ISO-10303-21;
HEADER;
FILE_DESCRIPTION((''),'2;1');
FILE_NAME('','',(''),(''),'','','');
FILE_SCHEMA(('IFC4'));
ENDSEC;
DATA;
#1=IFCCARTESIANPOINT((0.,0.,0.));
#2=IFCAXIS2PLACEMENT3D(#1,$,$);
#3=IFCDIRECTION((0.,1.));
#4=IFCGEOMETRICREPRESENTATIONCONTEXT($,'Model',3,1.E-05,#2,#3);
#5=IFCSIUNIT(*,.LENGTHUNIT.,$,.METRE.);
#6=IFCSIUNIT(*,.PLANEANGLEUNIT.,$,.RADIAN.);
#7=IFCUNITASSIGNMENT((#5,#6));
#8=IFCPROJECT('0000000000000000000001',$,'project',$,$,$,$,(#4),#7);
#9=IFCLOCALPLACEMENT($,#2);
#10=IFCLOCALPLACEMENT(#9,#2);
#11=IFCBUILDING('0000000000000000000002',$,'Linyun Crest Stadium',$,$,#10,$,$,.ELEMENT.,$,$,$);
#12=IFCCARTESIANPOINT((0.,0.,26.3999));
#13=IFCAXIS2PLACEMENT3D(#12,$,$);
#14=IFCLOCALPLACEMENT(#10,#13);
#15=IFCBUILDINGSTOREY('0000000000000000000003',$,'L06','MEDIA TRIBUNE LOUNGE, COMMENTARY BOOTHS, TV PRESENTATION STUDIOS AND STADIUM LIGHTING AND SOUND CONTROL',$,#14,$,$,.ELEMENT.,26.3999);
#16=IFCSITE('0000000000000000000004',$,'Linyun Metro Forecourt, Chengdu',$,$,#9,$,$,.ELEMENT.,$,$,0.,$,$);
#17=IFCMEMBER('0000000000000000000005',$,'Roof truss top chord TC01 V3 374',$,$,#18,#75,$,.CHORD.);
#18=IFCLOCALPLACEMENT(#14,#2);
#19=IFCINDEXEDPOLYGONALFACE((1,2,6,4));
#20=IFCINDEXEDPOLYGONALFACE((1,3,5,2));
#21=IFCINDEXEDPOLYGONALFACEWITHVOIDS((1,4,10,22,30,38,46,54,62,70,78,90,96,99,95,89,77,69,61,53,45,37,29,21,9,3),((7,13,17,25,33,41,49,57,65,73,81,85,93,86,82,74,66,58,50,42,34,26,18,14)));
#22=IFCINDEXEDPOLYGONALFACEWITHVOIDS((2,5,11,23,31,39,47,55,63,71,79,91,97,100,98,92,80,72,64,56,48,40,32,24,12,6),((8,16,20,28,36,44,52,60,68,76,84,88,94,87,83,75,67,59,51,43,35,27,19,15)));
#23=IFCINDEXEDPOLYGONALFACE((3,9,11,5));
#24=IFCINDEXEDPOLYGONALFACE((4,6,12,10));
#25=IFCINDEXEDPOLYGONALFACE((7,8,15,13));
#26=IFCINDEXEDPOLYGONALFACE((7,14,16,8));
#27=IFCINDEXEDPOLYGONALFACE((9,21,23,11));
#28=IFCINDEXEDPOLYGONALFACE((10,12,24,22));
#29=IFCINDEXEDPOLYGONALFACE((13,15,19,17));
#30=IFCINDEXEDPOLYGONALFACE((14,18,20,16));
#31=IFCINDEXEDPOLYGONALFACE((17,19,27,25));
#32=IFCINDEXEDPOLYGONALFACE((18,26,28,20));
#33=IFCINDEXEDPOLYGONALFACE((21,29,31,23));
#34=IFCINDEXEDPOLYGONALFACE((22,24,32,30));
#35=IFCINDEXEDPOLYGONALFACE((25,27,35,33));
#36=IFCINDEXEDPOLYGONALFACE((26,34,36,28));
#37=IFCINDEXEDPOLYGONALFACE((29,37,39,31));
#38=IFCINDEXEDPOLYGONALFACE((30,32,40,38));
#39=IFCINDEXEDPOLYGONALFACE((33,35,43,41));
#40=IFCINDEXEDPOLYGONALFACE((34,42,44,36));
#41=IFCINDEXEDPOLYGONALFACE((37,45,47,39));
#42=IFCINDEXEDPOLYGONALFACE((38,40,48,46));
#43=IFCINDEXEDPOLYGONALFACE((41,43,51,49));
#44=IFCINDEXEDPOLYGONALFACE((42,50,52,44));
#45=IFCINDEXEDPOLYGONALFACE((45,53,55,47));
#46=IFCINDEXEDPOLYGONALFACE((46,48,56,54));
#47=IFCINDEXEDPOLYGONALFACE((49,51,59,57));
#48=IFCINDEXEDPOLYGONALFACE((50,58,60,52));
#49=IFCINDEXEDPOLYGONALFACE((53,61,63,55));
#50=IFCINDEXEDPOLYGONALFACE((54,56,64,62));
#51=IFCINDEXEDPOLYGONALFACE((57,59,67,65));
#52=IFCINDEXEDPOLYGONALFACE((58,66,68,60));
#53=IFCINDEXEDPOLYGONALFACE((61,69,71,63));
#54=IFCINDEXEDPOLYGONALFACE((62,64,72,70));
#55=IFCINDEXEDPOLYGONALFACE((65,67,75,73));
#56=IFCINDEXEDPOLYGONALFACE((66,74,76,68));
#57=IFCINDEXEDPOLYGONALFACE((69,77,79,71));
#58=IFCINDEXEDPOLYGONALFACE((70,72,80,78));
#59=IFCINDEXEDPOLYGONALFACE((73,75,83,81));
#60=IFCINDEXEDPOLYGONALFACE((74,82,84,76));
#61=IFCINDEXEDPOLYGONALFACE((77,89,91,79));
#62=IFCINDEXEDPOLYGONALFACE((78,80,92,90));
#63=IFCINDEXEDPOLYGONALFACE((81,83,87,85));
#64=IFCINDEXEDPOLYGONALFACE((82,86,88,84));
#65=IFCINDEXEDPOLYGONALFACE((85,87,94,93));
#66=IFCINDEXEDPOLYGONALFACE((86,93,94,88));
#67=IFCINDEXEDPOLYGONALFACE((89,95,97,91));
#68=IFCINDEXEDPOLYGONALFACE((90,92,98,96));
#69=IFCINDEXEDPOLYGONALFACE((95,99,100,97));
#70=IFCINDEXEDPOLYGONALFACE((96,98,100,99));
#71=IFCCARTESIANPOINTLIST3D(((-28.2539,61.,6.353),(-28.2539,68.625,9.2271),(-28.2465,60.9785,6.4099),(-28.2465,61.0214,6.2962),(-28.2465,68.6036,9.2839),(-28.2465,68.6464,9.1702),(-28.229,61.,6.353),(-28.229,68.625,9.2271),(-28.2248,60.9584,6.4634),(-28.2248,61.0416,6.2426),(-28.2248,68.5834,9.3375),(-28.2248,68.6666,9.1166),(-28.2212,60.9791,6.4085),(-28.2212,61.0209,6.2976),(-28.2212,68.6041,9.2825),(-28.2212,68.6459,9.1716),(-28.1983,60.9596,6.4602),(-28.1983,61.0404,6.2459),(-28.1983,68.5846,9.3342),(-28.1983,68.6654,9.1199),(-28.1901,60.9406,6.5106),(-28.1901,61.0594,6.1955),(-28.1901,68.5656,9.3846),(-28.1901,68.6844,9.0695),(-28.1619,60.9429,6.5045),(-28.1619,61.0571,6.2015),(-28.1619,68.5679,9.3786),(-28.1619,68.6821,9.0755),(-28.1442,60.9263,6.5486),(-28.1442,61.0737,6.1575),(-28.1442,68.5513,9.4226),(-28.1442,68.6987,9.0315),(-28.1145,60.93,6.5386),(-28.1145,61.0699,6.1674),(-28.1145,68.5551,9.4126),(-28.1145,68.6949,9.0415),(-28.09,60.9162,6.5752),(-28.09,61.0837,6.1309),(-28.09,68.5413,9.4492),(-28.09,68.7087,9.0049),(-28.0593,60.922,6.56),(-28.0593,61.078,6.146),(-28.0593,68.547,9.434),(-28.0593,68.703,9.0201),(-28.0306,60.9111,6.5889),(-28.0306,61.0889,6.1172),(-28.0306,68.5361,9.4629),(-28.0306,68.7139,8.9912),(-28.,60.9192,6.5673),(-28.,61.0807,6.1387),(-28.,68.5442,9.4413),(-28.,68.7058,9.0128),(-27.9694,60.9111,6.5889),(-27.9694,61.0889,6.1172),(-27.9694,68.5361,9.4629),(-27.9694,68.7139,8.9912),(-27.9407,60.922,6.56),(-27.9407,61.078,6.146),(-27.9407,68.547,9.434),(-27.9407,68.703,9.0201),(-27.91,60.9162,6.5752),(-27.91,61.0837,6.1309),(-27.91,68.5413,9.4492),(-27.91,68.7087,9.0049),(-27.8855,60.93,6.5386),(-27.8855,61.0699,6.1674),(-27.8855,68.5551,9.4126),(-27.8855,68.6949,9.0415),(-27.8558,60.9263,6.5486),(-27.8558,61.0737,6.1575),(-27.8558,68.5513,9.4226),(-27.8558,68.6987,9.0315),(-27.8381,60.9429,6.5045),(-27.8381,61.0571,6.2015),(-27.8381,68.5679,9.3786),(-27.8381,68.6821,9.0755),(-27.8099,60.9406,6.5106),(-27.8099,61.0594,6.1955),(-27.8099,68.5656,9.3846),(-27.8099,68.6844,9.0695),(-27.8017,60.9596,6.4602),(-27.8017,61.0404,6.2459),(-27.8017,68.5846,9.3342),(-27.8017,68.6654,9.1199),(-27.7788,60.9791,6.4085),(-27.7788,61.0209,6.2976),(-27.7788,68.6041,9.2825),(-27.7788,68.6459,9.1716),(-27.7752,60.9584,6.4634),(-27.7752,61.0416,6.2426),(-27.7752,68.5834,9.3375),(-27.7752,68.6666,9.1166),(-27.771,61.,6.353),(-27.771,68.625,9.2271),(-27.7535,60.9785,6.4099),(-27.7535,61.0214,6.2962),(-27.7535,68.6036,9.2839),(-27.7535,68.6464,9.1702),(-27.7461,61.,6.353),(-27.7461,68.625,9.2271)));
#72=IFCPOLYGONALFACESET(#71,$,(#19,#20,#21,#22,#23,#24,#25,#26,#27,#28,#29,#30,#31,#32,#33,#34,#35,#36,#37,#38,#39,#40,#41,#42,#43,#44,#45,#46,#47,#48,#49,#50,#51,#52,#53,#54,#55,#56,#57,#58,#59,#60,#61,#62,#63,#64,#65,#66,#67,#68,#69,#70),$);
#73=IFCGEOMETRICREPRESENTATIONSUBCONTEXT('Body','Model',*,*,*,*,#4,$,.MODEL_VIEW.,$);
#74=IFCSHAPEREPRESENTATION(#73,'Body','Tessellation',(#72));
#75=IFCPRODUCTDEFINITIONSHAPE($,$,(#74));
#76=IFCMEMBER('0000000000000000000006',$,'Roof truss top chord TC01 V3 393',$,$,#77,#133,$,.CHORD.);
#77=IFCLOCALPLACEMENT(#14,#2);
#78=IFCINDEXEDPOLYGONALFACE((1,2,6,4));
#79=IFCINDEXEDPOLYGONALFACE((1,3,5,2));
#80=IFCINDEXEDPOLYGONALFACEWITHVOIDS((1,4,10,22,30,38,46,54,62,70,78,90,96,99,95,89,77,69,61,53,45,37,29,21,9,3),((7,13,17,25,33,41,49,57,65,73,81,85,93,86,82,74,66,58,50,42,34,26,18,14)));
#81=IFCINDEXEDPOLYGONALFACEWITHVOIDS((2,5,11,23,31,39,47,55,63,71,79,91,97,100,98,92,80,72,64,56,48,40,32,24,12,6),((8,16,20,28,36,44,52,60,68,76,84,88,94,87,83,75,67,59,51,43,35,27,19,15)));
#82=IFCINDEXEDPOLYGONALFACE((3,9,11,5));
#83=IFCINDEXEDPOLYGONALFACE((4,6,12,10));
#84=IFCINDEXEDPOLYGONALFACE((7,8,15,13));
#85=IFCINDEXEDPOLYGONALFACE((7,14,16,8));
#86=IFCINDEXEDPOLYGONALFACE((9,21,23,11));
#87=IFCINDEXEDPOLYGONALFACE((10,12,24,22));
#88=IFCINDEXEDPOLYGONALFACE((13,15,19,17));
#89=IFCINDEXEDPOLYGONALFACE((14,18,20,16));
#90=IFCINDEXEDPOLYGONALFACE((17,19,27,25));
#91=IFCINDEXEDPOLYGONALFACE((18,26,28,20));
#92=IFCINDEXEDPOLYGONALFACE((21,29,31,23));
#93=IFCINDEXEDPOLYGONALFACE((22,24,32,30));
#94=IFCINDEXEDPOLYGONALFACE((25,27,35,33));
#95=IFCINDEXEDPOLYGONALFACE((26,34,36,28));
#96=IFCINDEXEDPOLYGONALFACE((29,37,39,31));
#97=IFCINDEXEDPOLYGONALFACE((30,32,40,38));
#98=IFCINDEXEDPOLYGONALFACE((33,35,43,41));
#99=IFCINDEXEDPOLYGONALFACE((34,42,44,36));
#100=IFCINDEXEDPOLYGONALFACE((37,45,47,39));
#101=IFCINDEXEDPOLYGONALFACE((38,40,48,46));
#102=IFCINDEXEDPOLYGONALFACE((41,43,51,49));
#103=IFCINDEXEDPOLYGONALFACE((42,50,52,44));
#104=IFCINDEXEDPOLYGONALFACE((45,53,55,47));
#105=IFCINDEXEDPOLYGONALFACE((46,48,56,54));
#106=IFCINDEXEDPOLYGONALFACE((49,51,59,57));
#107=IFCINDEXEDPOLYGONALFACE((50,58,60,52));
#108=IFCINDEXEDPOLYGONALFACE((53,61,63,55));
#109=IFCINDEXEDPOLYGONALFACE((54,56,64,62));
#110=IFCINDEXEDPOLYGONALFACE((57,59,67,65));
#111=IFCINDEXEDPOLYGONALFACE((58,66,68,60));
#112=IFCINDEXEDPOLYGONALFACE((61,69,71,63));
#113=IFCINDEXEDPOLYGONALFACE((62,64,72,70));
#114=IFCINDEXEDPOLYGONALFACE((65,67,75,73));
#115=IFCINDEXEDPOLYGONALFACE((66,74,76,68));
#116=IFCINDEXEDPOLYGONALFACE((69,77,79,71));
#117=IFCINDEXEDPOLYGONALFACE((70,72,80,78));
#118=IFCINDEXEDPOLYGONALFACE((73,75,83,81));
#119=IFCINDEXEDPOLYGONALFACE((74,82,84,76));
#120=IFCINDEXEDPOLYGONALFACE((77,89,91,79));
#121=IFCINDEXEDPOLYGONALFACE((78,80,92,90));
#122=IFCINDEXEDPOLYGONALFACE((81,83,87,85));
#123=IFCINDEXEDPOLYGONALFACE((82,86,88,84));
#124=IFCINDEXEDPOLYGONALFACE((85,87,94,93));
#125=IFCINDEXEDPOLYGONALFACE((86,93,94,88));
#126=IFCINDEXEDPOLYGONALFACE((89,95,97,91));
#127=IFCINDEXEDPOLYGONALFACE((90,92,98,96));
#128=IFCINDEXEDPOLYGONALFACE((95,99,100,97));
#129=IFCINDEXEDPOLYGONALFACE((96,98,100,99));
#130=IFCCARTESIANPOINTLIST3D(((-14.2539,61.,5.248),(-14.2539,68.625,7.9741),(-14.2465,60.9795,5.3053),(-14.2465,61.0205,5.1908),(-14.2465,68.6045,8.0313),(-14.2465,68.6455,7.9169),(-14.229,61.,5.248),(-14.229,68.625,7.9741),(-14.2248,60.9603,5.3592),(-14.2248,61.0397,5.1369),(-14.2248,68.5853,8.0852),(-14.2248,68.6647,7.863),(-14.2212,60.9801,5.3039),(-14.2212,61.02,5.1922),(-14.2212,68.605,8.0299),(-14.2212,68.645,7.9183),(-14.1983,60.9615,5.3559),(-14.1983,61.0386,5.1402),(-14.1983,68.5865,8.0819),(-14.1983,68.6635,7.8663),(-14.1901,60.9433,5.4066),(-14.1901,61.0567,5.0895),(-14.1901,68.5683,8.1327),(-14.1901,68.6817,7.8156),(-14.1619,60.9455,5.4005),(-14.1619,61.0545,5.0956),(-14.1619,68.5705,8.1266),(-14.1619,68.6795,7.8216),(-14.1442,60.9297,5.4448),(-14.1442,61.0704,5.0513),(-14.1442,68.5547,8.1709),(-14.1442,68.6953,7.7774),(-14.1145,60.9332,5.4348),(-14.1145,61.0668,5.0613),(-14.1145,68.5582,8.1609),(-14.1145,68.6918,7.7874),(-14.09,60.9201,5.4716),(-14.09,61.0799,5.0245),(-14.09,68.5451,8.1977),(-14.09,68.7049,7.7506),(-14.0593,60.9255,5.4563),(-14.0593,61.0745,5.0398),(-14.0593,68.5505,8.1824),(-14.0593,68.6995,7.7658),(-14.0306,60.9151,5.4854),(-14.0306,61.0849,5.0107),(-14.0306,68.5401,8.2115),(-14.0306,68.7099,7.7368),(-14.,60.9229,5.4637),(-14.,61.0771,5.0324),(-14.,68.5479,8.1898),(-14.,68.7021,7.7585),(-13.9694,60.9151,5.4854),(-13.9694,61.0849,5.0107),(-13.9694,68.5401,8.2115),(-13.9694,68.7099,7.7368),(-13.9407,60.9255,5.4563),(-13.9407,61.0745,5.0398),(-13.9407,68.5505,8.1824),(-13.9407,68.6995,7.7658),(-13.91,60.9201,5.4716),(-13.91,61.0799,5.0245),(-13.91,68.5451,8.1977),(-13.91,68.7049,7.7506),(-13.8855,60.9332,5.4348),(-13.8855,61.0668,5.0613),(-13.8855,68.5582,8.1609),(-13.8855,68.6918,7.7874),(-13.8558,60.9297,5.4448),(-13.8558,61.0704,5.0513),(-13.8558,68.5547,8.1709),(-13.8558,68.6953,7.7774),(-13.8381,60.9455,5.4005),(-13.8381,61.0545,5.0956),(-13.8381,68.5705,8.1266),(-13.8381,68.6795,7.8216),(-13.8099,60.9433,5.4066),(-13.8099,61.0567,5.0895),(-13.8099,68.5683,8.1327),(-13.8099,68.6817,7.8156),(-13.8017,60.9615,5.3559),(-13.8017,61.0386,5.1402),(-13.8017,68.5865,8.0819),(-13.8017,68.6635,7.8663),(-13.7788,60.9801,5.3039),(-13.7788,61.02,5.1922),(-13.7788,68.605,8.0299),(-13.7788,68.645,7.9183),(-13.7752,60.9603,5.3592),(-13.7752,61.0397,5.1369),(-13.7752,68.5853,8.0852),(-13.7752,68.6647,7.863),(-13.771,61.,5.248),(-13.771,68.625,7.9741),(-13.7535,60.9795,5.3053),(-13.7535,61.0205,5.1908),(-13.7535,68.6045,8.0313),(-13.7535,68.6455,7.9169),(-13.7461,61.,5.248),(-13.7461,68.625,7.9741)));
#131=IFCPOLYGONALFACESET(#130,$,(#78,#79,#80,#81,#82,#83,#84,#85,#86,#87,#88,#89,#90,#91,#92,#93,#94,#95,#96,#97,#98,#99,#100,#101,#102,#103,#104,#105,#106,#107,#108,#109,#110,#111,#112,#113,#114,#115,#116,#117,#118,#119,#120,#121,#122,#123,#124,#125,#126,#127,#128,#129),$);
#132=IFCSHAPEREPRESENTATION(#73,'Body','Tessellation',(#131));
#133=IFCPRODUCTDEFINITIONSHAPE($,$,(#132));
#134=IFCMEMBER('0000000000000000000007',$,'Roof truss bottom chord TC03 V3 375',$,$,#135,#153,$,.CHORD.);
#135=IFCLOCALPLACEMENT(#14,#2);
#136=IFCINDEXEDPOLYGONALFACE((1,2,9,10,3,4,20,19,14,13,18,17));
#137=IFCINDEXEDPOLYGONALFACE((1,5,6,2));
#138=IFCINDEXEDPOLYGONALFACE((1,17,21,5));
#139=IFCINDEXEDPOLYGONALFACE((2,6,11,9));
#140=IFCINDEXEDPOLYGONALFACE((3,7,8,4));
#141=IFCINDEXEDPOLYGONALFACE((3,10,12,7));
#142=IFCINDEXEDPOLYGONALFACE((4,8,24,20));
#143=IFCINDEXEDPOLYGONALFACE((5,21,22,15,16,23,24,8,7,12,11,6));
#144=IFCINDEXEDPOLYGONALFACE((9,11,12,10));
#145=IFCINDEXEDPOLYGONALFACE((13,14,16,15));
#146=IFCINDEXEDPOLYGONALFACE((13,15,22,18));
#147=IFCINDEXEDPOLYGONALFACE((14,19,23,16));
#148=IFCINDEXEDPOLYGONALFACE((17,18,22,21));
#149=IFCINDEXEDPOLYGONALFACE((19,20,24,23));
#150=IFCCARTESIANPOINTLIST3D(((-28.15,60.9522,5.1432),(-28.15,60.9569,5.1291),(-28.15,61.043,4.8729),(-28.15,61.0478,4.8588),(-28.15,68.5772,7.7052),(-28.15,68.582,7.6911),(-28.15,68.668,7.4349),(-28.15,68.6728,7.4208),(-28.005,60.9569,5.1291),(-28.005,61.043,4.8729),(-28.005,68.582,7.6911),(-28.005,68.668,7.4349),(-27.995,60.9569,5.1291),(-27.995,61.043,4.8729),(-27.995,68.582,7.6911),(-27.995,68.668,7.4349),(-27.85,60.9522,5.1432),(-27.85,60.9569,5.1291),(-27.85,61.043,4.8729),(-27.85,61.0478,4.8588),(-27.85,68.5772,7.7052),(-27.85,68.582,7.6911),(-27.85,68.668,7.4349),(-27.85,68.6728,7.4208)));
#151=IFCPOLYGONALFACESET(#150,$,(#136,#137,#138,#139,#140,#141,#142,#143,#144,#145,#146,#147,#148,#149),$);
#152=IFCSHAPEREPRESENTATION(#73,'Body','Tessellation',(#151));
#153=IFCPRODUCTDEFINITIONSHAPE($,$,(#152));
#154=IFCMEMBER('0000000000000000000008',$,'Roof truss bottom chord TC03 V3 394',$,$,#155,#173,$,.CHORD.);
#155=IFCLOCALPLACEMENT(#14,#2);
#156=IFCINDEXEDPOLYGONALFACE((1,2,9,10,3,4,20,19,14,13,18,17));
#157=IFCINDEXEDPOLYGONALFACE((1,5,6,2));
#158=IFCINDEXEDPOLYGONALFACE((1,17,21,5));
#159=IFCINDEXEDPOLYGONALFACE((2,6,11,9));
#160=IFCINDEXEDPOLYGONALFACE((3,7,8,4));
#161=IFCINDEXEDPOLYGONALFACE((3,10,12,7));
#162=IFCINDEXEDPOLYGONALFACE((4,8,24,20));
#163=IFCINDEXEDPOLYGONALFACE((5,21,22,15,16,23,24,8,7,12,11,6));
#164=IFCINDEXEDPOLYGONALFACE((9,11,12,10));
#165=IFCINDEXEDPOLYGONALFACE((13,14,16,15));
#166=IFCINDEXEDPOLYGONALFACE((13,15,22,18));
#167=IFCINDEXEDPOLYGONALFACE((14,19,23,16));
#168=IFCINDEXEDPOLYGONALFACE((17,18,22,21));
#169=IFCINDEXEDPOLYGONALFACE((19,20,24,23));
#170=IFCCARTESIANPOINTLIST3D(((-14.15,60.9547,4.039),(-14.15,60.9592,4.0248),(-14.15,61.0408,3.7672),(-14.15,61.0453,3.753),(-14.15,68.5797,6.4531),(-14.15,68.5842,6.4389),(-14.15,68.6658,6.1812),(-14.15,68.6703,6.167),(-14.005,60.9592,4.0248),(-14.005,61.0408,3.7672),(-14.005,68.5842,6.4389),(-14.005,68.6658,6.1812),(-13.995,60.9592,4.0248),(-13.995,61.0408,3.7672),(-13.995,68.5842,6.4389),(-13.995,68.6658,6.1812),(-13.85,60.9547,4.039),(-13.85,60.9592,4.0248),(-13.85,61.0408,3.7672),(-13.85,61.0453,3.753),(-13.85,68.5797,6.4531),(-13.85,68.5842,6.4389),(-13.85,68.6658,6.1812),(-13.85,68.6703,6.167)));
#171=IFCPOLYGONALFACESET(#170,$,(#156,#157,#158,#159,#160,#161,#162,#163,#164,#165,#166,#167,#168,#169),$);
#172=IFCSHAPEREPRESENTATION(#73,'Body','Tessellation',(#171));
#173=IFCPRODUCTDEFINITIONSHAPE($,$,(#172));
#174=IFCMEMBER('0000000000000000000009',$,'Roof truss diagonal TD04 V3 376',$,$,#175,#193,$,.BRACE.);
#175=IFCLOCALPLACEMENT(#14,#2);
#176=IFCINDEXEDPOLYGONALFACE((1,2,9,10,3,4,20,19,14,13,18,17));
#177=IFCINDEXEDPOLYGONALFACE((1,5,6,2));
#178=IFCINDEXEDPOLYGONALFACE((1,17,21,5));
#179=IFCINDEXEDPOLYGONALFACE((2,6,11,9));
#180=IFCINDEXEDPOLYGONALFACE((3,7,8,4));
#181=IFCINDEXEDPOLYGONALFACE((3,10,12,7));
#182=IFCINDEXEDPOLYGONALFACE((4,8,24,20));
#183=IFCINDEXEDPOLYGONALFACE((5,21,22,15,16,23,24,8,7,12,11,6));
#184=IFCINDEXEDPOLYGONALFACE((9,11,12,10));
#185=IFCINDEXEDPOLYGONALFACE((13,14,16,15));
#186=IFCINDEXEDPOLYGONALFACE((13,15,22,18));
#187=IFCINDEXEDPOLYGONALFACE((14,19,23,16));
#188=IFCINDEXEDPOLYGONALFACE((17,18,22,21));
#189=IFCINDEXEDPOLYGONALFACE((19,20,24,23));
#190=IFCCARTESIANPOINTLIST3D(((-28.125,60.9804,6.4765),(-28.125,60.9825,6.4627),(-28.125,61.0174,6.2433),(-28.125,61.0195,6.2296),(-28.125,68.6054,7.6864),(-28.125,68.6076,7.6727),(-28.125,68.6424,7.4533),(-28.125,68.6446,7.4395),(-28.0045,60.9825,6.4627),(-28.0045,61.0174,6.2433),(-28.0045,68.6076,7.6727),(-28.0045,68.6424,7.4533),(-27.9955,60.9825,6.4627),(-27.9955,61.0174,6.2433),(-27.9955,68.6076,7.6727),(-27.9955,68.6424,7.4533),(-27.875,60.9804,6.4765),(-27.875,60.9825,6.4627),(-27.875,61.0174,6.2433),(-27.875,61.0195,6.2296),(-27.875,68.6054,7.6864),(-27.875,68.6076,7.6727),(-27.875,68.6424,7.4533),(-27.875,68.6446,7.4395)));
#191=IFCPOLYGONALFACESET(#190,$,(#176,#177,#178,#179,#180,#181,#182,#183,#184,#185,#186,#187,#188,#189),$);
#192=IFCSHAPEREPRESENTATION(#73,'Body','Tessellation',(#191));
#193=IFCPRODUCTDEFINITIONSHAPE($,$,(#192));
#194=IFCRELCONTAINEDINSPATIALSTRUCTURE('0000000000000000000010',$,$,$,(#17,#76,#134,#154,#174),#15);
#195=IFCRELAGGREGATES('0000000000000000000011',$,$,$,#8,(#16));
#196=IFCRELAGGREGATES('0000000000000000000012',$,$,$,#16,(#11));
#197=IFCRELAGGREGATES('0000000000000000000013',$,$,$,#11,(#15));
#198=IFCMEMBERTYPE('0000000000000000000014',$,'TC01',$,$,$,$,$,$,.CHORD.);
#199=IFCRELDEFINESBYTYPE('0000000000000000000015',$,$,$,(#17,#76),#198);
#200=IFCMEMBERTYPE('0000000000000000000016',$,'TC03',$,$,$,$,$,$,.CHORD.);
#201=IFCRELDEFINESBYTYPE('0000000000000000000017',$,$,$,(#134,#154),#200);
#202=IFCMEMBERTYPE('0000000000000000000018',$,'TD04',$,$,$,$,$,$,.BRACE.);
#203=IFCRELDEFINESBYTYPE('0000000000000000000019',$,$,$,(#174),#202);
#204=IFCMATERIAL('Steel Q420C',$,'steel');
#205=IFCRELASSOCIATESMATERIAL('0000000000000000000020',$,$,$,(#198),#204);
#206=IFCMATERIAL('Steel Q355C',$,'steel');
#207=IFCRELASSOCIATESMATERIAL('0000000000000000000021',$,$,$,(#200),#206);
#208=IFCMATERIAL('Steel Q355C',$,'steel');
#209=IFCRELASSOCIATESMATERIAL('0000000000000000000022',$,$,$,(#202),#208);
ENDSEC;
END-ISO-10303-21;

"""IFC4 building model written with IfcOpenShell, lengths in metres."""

from ifc_helpers import new_model, si_unit, direction, frame, origin, origin_2d, place, context, subcontext, project, spatial, hollow_circle, i_section, extrude, material, material_profile, profile_set, type_object, element, save


model = new_model("IFC4")

# Units and contexts
model_context = context("Model", 3, precision=1e-05, world=origin(), true_north=direction((0.0, 1.0)))
body_context = subcontext(model_context, "Body", "Model", "MODEL_VIEW")
ifc_project = project(units=[si_unit("LENGTHUNIT", "METRE"), si_unit("PLANEANGLEUNIT", "RADIAN")], contexts=[model_context])

# Site, building, storey
site_placement = place(None, origin())
site = spatial("IfcSite", under=ifc_project, at=site_placement, Name="Linyun Metro Forecourt, Chengdu", CompositionType="ELEMENT", RefElevation=0.0)
building_placement = place(site_placement, origin())
building = spatial("IfcBuilding", under=site, at=building_placement, Name="Linyun Crest Stadium", CompositionType="ELEMENT")
storey_placement = place(building_placement, frame((0.0, 0.0, 26.3999)))
storey = spatial("IfcBuildingStorey", under=building, at=storey_placement, Name="L06", Description="MEDIA TRIBUNE LOUNGE, COMMENTARY BOOTHS, TV PRESENTATION STUDIOS AND STADIUM LIGHTING AND SOUND CONTROL", CompositionType="ELEMENT", Elevation=26.3999)

# Members
ifc_material_1 = material(Name="Steel Q420C", Category="steel")
ifc_material_profile_1 = material_profile(ifc_material_1, hollow_circle(Radius=0.2539, WallThickness=0.0249, at=origin_2d()), Name="CHS 508x25")
ifc_profile_set_1 = profile_set([ifc_material_profile_1], Name="Steel Q420C")
member_type_1 = type_object("IfcMemberType", Name="TC01", PredefinedType="CHORD", material=ifc_profile_set_1)
member_1_placement = place(storey_placement, frame((-28.0, 68.625, 9.2271), z_axis=(0.0, -0.935737, -0.352699), x_axis=(1.0, 0.0, 0.0)))
element("IfcMember", 1, at=member_1_placement, inside=storey, type_object=member_type_1, Name="Roof truss top chord TC01 V3 374", PredefinedType="CHORD", context=body_context, shape_type="SweptSolid", body=[
    extrude(hollow_circle(Radius=0.2539, WallThickness=0.0249, at=origin_2d()), origin(), (0.0, 0.0, 1.0), 8.1487),
])
member_2_placement = place(storey_placement, frame((-14.0, 68.625, 7.9741), z_axis=(0.0, -0.94163, -0.33665), x_axis=(1.0, 0.0, 0.0)))
element("IfcMember", 2, at=member_2_placement, inside=storey, type_object=member_type_1, Name="Roof truss top chord TC01 V3 393", PredefinedType="CHORD", context=body_context, shape_type="SweptSolid", body=[
    extrude(hollow_circle(Radius=0.2539, WallThickness=0.0249, at=origin_2d()), origin(), (0.0, 0.0, 1.0), 8.0977),
])
ifc_material_2 = material(Name="Steel Q355C", Category="steel")
ifc_material_profile_2 = material_profile(ifc_material_2, i_section(OverallWidth=0.3, OverallDepth=0.3, WebThickness=0.01, FlangeThickness=0.0149, at=origin_2d()), Name="HW 300x300")
ifc_profile_set_2 = profile_set([ifc_material_profile_2], Name="Steel Q355C")
member_type_2 = type_object("IfcMemberType", Name="TC03", PredefinedType="CHORD", material=ifc_profile_set_2)
member_3_placement = place(storey_placement, frame((-28.0, 68.625, 7.563), z_axis=(0.0, -0.947922, -0.318503), x_axis=(1.0, 0.0, 0.0)))
element("IfcMember", 3, at=member_3_placement, inside=storey, type_object=member_type_2, Name="Roof truss bottom chord TC03 V3 375", PredefinedType="CHORD", context=body_context, shape_type="SweptSolid", body=[
    extrude(i_section(OverallWidth=0.3, OverallDepth=0.3, WebThickness=0.01, FlangeThickness=0.0149, at=origin_2d()), origin(), (0.0, 0.0, 1.0), 8.0439),
])
member_4_placement = place(storey_placement, frame((-14.0, 68.625, 6.3101), z_axis=(0.0, -0.953361, -0.301833), x_axis=(1.0, 0.0, 0.0)))
element("IfcMember", 4, at=member_4_placement, inside=storey, type_object=member_type_2, Name="Roof truss bottom chord TC03 V3 394", PredefinedType="CHORD", context=body_context, shape_type="SweptSolid", body=[
    extrude(i_section(OverallWidth=0.3, OverallDepth=0.3, WebThickness=0.01, FlangeThickness=0.0149, at=origin_2d()), origin(), (0.0, 0.0, 1.0), 7.998),
])
ifc_material_3 = material(Name="Steel Q355C", Category="steel")
ifc_material_profile_3 = material_profile(ifc_material_3, i_section(OverallWidth=0.25, OverallDepth=0.25, WebThickness=0.009, FlangeThickness=0.0139, at=origin_2d()), Name="HW 250x250")
ifc_profile_set_3 = profile_set([ifc_material_profile_3], Name="Steel Q355C")
member_type_3 = type_object("IfcMemberType", Name="TD04", PredefinedType="BRACE", material=ifc_profile_set_3)
member_5_placement = place(storey_placement, frame((-28.0, 68.625, 7.563), z_axis=(0.0, -0.987643, -0.156722), x_axis=(1.0, 0.0, 0.0)))
element("IfcMember", 5, at=member_5_placement, inside=storey, type_object=member_type_3, Name="Roof truss diagonal TD04 V3 376", PredefinedType="BRACE", context=body_context, shape_type="SweptSolid", body=[
    extrude(i_section(OverallWidth=0.25, OverallDepth=0.25, WebThickness=0.009, FlangeThickness=0.0139, at=origin_2d()), origin(), (0.0, 0.0, 1.0), 7.7205),
])

save(model, "model.ifc")
